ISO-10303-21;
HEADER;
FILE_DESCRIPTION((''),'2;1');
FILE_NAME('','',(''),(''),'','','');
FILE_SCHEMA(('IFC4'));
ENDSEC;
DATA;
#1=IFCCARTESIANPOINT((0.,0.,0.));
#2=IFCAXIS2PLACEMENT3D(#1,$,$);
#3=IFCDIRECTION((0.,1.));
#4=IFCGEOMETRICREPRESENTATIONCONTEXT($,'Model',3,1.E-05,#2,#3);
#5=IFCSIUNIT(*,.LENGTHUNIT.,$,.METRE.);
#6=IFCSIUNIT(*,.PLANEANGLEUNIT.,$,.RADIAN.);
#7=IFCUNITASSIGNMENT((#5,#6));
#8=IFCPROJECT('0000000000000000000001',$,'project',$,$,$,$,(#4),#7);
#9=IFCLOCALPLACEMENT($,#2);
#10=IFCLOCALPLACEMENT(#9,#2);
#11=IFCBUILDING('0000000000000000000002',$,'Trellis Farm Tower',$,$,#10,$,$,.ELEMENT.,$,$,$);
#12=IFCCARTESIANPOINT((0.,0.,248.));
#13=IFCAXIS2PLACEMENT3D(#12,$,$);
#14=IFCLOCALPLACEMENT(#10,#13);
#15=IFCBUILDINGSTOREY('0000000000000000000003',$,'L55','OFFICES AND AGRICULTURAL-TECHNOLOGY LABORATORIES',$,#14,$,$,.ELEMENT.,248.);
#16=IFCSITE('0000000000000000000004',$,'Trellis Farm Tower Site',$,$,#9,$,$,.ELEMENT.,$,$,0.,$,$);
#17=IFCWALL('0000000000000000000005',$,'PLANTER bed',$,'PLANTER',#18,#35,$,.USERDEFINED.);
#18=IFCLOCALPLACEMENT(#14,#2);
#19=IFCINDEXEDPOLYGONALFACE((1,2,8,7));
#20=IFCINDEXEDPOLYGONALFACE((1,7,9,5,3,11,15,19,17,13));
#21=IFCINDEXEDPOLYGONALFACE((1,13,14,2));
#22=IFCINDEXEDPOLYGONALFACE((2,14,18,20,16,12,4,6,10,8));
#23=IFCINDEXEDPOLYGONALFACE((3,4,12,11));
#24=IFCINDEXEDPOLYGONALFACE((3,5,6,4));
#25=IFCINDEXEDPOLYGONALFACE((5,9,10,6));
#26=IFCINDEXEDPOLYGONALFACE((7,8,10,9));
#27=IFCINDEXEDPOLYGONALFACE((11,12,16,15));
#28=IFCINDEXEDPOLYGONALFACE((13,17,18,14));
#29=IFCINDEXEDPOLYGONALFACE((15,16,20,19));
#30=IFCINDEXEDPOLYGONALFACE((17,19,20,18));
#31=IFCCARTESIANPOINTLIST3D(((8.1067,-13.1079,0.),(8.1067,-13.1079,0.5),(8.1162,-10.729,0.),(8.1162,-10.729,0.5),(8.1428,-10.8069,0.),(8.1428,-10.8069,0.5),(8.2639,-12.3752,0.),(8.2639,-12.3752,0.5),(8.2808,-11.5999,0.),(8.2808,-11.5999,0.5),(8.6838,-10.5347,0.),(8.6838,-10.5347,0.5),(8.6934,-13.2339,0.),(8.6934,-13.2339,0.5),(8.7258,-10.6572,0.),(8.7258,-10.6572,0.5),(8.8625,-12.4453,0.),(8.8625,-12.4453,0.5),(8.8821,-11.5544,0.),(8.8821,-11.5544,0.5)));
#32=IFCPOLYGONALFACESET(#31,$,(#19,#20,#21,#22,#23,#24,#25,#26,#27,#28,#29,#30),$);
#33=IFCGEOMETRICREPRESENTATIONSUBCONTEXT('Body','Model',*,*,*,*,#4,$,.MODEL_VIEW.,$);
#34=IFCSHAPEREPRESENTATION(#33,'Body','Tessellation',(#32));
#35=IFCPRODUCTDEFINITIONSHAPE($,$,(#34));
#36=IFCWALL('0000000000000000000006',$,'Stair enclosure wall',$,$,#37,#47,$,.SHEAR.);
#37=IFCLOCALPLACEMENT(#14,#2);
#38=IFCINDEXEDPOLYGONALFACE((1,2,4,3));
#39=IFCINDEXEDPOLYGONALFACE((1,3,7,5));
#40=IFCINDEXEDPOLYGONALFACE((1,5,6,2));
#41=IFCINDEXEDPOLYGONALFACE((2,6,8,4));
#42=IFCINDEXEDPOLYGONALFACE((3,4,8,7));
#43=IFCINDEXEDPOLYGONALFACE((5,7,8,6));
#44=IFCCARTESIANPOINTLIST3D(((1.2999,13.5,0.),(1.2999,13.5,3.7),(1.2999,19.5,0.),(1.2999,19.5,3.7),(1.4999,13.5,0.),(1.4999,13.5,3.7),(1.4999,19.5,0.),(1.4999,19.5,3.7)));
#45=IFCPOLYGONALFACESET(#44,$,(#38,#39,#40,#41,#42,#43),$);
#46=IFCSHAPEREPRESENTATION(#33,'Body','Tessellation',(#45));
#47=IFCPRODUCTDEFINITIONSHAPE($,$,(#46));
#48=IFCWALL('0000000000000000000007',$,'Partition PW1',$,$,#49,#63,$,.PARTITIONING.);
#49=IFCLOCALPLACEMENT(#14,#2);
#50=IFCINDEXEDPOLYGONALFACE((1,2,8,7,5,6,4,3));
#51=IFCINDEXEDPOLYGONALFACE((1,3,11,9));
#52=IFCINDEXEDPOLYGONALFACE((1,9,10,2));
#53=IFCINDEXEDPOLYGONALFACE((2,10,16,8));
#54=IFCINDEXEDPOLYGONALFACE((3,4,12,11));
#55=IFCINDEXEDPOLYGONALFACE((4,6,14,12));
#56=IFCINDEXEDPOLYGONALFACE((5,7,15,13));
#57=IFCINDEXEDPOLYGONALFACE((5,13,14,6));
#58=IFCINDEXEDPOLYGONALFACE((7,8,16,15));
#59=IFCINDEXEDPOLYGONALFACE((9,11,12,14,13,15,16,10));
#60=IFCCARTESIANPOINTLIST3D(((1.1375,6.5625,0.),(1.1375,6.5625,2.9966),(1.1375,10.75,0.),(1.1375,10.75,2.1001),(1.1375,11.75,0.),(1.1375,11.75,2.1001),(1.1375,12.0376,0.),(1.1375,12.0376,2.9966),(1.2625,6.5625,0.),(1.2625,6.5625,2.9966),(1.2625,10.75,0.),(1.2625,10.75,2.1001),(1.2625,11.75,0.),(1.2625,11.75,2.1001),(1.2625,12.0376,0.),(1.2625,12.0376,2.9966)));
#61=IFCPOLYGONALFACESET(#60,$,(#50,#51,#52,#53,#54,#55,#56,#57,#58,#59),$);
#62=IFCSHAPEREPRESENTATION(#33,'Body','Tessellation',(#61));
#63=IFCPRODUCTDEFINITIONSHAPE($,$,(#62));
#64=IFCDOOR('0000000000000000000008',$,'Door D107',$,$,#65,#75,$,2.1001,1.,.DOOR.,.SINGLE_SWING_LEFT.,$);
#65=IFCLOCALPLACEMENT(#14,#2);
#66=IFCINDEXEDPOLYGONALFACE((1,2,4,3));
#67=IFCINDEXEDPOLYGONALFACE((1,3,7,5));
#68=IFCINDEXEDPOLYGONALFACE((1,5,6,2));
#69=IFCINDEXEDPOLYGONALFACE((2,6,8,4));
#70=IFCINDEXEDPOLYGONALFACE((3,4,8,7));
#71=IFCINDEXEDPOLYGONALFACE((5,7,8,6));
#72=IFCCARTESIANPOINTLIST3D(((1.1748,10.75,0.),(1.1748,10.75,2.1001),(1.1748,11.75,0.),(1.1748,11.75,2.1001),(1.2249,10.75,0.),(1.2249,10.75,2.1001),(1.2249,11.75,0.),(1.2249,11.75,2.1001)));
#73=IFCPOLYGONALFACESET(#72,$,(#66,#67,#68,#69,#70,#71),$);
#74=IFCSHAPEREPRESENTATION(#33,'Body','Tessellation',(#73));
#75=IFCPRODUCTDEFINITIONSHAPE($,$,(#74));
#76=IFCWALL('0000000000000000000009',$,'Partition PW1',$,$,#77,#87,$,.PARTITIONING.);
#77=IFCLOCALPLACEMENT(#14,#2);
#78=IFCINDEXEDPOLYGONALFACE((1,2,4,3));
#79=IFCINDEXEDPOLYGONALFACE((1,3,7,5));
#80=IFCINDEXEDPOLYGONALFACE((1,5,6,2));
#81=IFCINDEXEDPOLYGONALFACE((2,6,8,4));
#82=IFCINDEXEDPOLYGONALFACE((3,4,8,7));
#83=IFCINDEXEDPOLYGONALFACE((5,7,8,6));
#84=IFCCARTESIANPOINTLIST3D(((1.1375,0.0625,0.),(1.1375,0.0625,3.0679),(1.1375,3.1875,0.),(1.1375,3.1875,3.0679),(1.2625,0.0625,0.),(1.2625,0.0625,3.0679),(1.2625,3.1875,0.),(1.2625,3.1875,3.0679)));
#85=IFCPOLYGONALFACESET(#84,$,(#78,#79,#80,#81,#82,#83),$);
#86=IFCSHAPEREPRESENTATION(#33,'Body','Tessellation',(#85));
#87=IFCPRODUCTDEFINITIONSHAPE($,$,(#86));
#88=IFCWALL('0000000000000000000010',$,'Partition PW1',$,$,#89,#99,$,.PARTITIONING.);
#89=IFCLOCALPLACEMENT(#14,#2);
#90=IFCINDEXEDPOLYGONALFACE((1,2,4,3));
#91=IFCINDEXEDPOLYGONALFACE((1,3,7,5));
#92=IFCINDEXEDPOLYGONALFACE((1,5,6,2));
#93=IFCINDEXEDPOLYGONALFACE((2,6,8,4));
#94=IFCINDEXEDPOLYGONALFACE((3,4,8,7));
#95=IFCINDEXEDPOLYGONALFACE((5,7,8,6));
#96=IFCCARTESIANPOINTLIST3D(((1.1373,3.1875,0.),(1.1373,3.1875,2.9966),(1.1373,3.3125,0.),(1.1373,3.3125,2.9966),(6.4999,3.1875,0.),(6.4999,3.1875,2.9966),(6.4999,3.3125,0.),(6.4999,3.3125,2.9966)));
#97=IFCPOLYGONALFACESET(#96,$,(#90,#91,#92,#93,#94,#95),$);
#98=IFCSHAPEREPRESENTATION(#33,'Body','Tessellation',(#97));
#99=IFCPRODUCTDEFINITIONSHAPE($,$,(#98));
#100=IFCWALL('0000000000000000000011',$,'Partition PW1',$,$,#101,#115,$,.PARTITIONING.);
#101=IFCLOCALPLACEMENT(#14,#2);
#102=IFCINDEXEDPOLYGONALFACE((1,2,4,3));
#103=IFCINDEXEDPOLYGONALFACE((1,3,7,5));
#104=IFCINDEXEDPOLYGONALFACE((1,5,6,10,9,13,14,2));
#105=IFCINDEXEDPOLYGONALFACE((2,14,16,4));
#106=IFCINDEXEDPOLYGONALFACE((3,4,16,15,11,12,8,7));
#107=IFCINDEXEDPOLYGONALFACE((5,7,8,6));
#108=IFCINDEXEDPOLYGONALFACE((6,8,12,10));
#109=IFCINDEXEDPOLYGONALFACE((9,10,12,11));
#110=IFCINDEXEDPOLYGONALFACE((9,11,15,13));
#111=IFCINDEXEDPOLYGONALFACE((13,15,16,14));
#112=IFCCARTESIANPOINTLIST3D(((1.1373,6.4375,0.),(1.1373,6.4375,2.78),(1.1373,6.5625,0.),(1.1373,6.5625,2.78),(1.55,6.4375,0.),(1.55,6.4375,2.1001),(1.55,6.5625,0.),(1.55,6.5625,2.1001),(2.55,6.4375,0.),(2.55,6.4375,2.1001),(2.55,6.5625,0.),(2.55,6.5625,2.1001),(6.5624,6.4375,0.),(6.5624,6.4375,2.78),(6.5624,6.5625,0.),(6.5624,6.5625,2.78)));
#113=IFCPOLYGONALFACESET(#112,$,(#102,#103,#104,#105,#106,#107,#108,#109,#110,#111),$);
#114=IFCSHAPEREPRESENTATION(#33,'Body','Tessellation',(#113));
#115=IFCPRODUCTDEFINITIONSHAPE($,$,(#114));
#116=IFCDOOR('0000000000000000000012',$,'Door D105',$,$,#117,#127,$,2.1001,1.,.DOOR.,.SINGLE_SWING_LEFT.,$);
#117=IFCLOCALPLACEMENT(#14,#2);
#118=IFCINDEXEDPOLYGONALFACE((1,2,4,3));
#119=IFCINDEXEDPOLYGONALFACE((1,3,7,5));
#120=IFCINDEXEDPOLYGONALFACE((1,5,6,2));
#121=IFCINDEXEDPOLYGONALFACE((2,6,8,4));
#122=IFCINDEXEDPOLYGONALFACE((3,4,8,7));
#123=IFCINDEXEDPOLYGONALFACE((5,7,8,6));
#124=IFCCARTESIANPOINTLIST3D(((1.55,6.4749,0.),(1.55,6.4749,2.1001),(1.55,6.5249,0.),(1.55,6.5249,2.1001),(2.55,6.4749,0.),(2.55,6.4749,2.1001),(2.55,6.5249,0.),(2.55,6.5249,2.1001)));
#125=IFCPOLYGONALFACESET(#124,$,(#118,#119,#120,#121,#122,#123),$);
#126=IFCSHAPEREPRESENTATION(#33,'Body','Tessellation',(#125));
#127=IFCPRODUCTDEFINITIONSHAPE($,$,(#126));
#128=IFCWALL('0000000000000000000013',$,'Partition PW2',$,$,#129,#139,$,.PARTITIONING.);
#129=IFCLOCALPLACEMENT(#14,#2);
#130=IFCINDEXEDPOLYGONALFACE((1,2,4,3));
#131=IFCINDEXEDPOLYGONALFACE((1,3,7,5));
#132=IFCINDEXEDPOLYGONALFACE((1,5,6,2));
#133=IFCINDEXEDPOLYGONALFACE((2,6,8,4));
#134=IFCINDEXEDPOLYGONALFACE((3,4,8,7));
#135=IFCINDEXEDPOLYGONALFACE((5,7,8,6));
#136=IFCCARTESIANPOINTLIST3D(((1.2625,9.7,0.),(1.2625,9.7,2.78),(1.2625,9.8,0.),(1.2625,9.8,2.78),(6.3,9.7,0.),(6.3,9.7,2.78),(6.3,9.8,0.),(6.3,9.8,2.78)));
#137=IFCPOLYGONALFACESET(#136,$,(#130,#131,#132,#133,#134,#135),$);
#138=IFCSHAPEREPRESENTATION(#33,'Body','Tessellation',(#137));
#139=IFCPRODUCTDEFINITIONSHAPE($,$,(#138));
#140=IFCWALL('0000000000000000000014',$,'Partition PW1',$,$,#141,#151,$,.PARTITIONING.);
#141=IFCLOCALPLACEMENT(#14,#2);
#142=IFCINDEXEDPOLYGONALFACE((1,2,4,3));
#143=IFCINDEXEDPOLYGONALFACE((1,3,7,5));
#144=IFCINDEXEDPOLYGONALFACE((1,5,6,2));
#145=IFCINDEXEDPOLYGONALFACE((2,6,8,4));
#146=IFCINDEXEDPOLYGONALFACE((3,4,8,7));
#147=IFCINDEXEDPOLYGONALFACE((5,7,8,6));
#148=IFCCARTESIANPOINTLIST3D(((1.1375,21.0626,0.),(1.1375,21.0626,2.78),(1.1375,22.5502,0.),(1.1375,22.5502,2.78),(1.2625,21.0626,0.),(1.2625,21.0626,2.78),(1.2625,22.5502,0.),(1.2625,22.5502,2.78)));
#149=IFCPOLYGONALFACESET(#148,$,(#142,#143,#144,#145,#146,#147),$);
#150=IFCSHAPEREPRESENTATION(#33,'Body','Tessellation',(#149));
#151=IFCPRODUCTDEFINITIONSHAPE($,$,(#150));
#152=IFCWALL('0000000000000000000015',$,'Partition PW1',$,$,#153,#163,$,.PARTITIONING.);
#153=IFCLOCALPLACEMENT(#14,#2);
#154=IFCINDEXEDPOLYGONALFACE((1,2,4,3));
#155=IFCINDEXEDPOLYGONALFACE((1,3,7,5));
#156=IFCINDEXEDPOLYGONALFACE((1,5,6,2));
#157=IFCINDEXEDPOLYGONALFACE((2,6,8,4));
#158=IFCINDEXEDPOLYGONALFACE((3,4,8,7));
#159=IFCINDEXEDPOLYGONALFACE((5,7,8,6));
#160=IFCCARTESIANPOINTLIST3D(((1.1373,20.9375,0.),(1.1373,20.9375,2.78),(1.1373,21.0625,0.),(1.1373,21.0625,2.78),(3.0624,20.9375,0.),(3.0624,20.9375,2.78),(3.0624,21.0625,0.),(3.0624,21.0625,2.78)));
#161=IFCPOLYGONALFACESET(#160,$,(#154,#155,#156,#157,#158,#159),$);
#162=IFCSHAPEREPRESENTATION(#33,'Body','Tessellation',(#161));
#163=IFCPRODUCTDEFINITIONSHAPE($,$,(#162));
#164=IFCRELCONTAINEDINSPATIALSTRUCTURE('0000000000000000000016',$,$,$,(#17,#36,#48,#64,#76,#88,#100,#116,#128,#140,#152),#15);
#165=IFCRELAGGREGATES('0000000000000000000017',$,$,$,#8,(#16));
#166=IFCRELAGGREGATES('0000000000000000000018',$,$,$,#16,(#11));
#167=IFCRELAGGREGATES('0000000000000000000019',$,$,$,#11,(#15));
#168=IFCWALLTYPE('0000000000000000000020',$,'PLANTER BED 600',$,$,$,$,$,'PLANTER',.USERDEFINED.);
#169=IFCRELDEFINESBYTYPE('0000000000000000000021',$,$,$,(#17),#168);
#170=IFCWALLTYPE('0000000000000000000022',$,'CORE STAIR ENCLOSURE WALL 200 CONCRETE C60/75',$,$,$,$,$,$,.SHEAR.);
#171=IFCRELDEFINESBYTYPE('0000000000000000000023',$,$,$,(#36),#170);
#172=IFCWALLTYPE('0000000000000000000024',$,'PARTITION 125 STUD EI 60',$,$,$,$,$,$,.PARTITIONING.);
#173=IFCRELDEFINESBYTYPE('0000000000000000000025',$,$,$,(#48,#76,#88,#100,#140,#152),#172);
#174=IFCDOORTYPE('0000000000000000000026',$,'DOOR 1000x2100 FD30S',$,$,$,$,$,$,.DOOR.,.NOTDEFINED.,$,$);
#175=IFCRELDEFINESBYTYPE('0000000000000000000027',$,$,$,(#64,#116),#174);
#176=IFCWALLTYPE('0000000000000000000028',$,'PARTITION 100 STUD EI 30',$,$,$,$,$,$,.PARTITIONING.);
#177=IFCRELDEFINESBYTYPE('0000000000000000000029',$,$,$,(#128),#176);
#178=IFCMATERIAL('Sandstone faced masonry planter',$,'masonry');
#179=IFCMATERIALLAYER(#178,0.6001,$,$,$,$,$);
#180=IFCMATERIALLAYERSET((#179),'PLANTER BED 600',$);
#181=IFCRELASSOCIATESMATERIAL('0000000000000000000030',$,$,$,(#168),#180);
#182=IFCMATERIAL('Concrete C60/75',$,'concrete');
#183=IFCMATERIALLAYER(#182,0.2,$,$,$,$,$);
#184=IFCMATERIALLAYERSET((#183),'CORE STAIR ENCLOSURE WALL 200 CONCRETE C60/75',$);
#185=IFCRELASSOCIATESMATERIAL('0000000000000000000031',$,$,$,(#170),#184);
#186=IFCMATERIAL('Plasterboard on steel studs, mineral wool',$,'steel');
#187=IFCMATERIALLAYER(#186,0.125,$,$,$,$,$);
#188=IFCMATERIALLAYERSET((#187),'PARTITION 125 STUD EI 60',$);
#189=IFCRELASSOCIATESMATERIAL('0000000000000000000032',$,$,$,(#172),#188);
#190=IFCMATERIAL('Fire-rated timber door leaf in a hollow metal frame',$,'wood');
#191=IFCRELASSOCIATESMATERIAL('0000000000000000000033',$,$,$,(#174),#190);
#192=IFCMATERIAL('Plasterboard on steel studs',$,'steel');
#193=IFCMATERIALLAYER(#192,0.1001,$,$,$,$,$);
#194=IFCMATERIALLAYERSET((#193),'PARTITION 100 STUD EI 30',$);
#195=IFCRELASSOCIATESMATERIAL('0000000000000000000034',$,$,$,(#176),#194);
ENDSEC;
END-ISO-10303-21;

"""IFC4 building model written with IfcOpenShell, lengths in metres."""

from ifc_helpers import new_model, si_unit, direction, frame, frame_2d, origin, place, context, subcontext, project, spatial, polyline, rectangle, outline, extrude, source, transform, mapped, material, layer, layer_set, type_object, element, fill, save


model = new_model("IFC4")

# Units and contexts
model_context = context("Model", 3, precision=1e-05, world=origin(), true_north=direction((0.0, 1.0)))
body_context = subcontext(model_context, "Body", "Model", "MODEL_VIEW")
ifc_project = project(units=[si_unit("LENGTHUNIT", "METRE"), si_unit("PLANEANGLEUNIT", "RADIAN")], contexts=[model_context])

# Site, building, storey
site_placement = place(None, origin())
site = spatial("IfcSite", under=ifc_project, at=site_placement, Name="Trellis Farm Tower Site", CompositionType="ELEMENT", RefElevation=0.0)
building_placement = place(site_placement, origin())
building = spatial("IfcBuilding", under=site, at=building_placement, Name="Trellis Farm Tower", CompositionType="ELEMENT")
storey_placement = place(building_placement, frame((0.0, 0.0, 248.0)))
storey = spatial("IfcBuildingStorey", under=building, at=storey_placement, Name="L55", Description="OFFICES AND AGRICULTURAL-TECHNOLOGY LABORATORIES", CompositionType="ELEMENT", Elevation=248.0)

# Shared definitions
placement_1 = place(storey_placement, origin())

# Walls
ifc_material_1 = material(Name="Sandstone faced masonry planter", Category="masonry")
ifc_layer_1 = layer(ifc_material_1, 0.6001)
ifc_layer_set_1 = layer_set([ifc_layer_1], Name="PLANTER BED 600")
wall_type_1 = type_object("IfcWallType", Name="PLANTER BED 600", ElementType="PLANTER", PredefinedType="USERDEFINED", material=ifc_layer_set_1)
element("IfcWall", 1, at=placement_1, inside=storey, type_object=wall_type_1, Name="PLANTER bed", ObjectType="PLANTER", PredefinedType="USERDEFINED", context=body_context, shape_type="SweptSolid", body=[
    extrude(outline(polyline([(8.8821, -11.5544), (8.8625, -12.4453), (8.6934, -13.2339), (8.1067, -13.1079), (8.2639, -12.3752), (8.2808, -11.5999), (8.1428, -10.8069), (8.1162, -10.729), (8.6838, -10.5347), (8.7258, -10.6572), (8.8821, -11.5544)])), origin(), (0.0, 0.0, 1.0), 0.5),
])
ifc_material_2 = material(Name="Concrete C60/75", Category="concrete")
ifc_layer_2 = layer(ifc_material_2, 0.2)
ifc_layer_set_2 = layer_set([ifc_layer_2], Name="CORE STAIR ENCLOSURE WALL 200 CONCRETE C60/75")
wall_type_2 = type_object("IfcWallType", Name="CORE STAIR ENCLOSURE WALL 200 CONCRETE C60/75", PredefinedType="SHEAR", material=ifc_layer_set_2)
shared_shape_1 = source(origin(), body_context, "Body", "SweptSolid", [
    extrude(rectangle(XDim=6.0, YDim=0.2, at=frame_2d((3.0, 0.0))), origin(), (0.0, 0.0, 1.0), 3.7),
])
wall_1_placement = place(storey_placement, frame((1.3999, 13.5, 0.0), z_axis=(0.0, 0.0, 1.0), x_axis=(0.0, 1.0, 0.0)))
element("IfcWall", 2, at=wall_1_placement, inside=storey, type_object=wall_type_2, Name="Stair enclosure wall", PredefinedType="SHEAR", context=body_context, shape_type="MappedRepresentation", body=[
    mapped(shared_shape_1, transform((0.0, 0.0, 0.0))),
])

# Wall, opening, door
ifc_material_3 = material(Name="Plasterboard on steel studs, mineral wool", Category="steel")
ifc_layer_3 = layer(ifc_material_3, 0.125)
ifc_layer_set_3 = layer_set([ifc_layer_3], Name="PARTITION 125 STUD EI 60")
wall_type_3 = type_object("IfcWallType", Name="PARTITION 125 STUD EI 60", PredefinedType="PARTITIONING", material=ifc_layer_set_3)
shared_shape_2 = source(origin(), body_context, "Body", "SweptSolid", [
    extrude(rectangle(XDim=5.4751, YDim=0.125, at=frame_2d((2.7375, 0.0))), origin(), (0.0, 0.0, 1.0), 2.9966),
])
wall_2_placement = place(storey_placement, frame((1.2, 12.0376, 0.0), z_axis=(0.0, 0.0, 1.0), x_axis=(0.0, -1.0, 0.0)))
wall_2 = element("IfcWall", 3, at=wall_2_placement, inside=storey, type_object=wall_type_3, Name="Partition PW1", PredefinedType="PARTITIONING", context=body_context, shape_type="MappedRepresentation", body=[
    mapped(shared_shape_2, transform((0.0, 0.0, 0.0))),
])
shared_shape_3 = source(origin(), body_context, "Body", "SweptSolid", [
    extrude(rectangle(XDim=1.0, YDim=2.1001, at=frame_2d((0.5, 1.05))), frame((0.0, 0.0725, 0.0), z_axis=(0.0, -1.0, 0.0), x_axis=(1.0, 0.0, 0.0)), (0.0, 0.0, 1.0), 0.145),
])
opening_1_placement = place(wall_2_placement, frame((0.2876, 0.0, 0.0)))
opening_1 = element("IfcOpeningElement", 4, at=opening_1_placement, cuts=wall_2, PredefinedType="OPENING", context=body_context, shape_type="MappedRepresentation", body=[
    mapped(shared_shape_3, transform((0.0, 0.0, 0.0))),
])
ifc_material_4 = material(Name="Fire-rated timber door leaf in a hollow metal frame", Category="wood")
door_type = type_object("IfcDoorType", Name="DOOR 1000x2100 FD30S", OperationType="NOTDEFINED", PredefinedType="DOOR", material=ifc_material_4)
shared_shape_4 = source(origin(), body_context, "Body", "SweptSolid", [
    extrude(rectangle(XDim=1.0, YDim=2.1001, at=frame_2d((0.5, 1.05))), frame((0.0, 0.0249, 0.0), z_axis=(0.0, -1.0, 0.0), x_axis=(1.0, 0.0, 0.0)), (0.0, 0.0, 1.0), 0.05),
])
door_1_placement = place(opening_1_placement, origin())
door_1 = element("IfcDoor", 5, at=door_1_placement, inside=storey, type_object=door_type, Name="Door D107", OperationType="SINGLE_SWING_LEFT", OverallHeight=2.1001, OverallWidth=1.0, PredefinedType="DOOR", context=body_context, shape_type="MappedRepresentation", body=[
    mapped(shared_shape_4, transform((0.0, 0.0, 0.0))),
])
fill(opening_1, door_1)

# Walls
shared_shape_5 = source(origin(), body_context, "Body", "SweptSolid", [
    extrude(rectangle(XDim=3.125, YDim=0.125, at=frame_2d((1.5625, 0.0))), origin(), (0.0, 0.0, 1.0), 3.0679),
])
wall_3_placement = place(storey_placement, frame((1.2, 3.1875, 0.0), z_axis=(0.0, 0.0, 1.0), x_axis=(0.0, -1.0, 0.0)))
element("IfcWall", 6, at=wall_3_placement, inside=storey, type_object=wall_type_3, Name="Partition PW1", PredefinedType="PARTITIONING", context=body_context, shape_type="MappedRepresentation", body=[
    mapped(shared_shape_5, transform((0.0, 0.0, 0.0))),
])
shared_shape_6 = source(origin(), body_context, "Body", "SweptSolid", [
    extrude(rectangle(XDim=5.3625, YDim=0.125, at=frame_2d((2.6812, 0.0))), origin(), (0.0, 0.0, 1.0), 2.9966),
])
wall_4_placement = place(storey_placement, frame((1.1375, 3.25, 0.0), z_axis=(0.0, 0.0, 1.0), x_axis=(1.0, 0.0, 0.0)))
element("IfcWall", 7, at=wall_4_placement, inside=storey, type_object=wall_type_3, Name="Partition PW1", PredefinedType="PARTITIONING", context=body_context, shape_type="MappedRepresentation", body=[
    mapped(shared_shape_6, transform((0.0, 0.0, 0.0))),
])

# Wall, opening, door
shared_shape_7 = source(origin(), body_context, "Body", "SweptSolid", [
    extrude(rectangle(XDim=5.425, YDim=0.125, at=frame_2d((2.7124, 0.0))), origin(), (0.0, 0.0, 1.0), 2.78),
])
wall_5_placement = place(storey_placement, frame((1.1375, 6.5, 0.0), z_axis=(0.0, 0.0, 1.0), x_axis=(1.0, 0.0, 0.0)))
wall_5 = element("IfcWall", 8, at=wall_5_placement, inside=storey, type_object=wall_type_3, Name="Partition PW1", PredefinedType="PARTITIONING", context=body_context, shape_type="MappedRepresentation", body=[
    mapped(shared_shape_7, transform((0.0, 0.0, 0.0))),
])
opening_2_placement = place(wall_5_placement, frame((0.4126, 0.0, 0.0)))
opening_2 = element("IfcOpeningElement", 9, at=opening_2_placement, cuts=wall_5, PredefinedType="OPENING", context=body_context, shape_type="MappedRepresentation", body=[
    mapped(shared_shape_3, transform((0.0, 0.0, 0.0))),
])
door_2_placement = place(opening_2_placement, origin())
door_2 = element("IfcDoor", 10, at=door_2_placement, inside=storey, type_object=door_type, Name="Door D105", OperationType="SINGLE_SWING_LEFT", OverallHeight=2.1001, OverallWidth=1.0, PredefinedType="DOOR", context=body_context, shape_type="MappedRepresentation", body=[
    mapped(shared_shape_4, transform((0.0, 0.0, 0.0))),
])
fill(opening_2, door_2)

# Walls
ifc_material_5 = material(Name="Plasterboard on steel studs", Category="steel")
ifc_layer_4 = layer(ifc_material_5, 0.1001)
ifc_layer_set_4 = layer_set([ifc_layer_4], Name="PARTITION 100 STUD EI 30")
wall_type_4 = type_object("IfcWallType", Name="PARTITION 100 STUD EI 30", PredefinedType="PARTITIONING", material=ifc_layer_set_4)
shared_shape_8 = source(origin(), body_context, "Body", "SweptSolid", [
    extrude(rectangle(XDim=5.0376, YDim=0.1001, at=frame_2d((2.5188, 0.0))), origin(), (0.0, 0.0, 1.0), 2.78),
])
wall_6_placement = place(storey_placement, frame((1.2625, 9.75, 0.0), z_axis=(0.0, 0.0, 1.0), x_axis=(1.0, 0.0, 0.0)))
element("IfcWall", 11, at=wall_6_placement, inside=storey, type_object=wall_type_4, Name="Partition PW2", PredefinedType="PARTITIONING", context=body_context, shape_type="MappedRepresentation", body=[
    mapped(shared_shape_8, transform((0.0, 0.0, 0.0))),
])
shared_shape_9 = source(origin(), body_context, "Body", "SweptSolid", [
    extrude(rectangle(XDim=1.4875, YDim=0.125, at=frame_2d((0.7437, 0.0))), origin(), (0.0, 0.0, 1.0), 2.78),
])
wall_7_placement = place(storey_placement, frame((1.2, 22.55, 0.0), z_axis=(0.0, 0.0, 1.0), x_axis=(0.0, -1.0, 0.0)))
element("IfcWall", 12, at=wall_7_placement, inside=storey, type_object=wall_type_3, Name="Partition PW1", PredefinedType="PARTITIONING", context=body_context, shape_type="MappedRepresentation", body=[
    mapped(shared_shape_9, transform((0.0, 0.0, 0.0))),
])
shared_shape_10 = source(origin(), body_context, "Body", "SweptSolid", [
    extrude(rectangle(XDim=1.925, YDim=0.125, at=frame_2d((0.9624, 0.0))), origin(), (0.0, 0.0, 1.0), 2.78),
])
wall_8_placement = place(storey_placement, frame((1.1375, 21.0, 0.0), z_axis=(0.0, 0.0, 1.0), x_axis=(1.0, 0.0, 0.0)))
element("IfcWall", 13, at=wall_8_placement, inside=storey, type_object=wall_type_3, Name="Partition PW1", PredefinedType="PARTITIONING", context=body_context, shape_type="MappedRepresentation", body=[
    mapped(shared_shape_10, transform((0.0, 0.0, 0.0))),
])

save(model, "model.ifc")
